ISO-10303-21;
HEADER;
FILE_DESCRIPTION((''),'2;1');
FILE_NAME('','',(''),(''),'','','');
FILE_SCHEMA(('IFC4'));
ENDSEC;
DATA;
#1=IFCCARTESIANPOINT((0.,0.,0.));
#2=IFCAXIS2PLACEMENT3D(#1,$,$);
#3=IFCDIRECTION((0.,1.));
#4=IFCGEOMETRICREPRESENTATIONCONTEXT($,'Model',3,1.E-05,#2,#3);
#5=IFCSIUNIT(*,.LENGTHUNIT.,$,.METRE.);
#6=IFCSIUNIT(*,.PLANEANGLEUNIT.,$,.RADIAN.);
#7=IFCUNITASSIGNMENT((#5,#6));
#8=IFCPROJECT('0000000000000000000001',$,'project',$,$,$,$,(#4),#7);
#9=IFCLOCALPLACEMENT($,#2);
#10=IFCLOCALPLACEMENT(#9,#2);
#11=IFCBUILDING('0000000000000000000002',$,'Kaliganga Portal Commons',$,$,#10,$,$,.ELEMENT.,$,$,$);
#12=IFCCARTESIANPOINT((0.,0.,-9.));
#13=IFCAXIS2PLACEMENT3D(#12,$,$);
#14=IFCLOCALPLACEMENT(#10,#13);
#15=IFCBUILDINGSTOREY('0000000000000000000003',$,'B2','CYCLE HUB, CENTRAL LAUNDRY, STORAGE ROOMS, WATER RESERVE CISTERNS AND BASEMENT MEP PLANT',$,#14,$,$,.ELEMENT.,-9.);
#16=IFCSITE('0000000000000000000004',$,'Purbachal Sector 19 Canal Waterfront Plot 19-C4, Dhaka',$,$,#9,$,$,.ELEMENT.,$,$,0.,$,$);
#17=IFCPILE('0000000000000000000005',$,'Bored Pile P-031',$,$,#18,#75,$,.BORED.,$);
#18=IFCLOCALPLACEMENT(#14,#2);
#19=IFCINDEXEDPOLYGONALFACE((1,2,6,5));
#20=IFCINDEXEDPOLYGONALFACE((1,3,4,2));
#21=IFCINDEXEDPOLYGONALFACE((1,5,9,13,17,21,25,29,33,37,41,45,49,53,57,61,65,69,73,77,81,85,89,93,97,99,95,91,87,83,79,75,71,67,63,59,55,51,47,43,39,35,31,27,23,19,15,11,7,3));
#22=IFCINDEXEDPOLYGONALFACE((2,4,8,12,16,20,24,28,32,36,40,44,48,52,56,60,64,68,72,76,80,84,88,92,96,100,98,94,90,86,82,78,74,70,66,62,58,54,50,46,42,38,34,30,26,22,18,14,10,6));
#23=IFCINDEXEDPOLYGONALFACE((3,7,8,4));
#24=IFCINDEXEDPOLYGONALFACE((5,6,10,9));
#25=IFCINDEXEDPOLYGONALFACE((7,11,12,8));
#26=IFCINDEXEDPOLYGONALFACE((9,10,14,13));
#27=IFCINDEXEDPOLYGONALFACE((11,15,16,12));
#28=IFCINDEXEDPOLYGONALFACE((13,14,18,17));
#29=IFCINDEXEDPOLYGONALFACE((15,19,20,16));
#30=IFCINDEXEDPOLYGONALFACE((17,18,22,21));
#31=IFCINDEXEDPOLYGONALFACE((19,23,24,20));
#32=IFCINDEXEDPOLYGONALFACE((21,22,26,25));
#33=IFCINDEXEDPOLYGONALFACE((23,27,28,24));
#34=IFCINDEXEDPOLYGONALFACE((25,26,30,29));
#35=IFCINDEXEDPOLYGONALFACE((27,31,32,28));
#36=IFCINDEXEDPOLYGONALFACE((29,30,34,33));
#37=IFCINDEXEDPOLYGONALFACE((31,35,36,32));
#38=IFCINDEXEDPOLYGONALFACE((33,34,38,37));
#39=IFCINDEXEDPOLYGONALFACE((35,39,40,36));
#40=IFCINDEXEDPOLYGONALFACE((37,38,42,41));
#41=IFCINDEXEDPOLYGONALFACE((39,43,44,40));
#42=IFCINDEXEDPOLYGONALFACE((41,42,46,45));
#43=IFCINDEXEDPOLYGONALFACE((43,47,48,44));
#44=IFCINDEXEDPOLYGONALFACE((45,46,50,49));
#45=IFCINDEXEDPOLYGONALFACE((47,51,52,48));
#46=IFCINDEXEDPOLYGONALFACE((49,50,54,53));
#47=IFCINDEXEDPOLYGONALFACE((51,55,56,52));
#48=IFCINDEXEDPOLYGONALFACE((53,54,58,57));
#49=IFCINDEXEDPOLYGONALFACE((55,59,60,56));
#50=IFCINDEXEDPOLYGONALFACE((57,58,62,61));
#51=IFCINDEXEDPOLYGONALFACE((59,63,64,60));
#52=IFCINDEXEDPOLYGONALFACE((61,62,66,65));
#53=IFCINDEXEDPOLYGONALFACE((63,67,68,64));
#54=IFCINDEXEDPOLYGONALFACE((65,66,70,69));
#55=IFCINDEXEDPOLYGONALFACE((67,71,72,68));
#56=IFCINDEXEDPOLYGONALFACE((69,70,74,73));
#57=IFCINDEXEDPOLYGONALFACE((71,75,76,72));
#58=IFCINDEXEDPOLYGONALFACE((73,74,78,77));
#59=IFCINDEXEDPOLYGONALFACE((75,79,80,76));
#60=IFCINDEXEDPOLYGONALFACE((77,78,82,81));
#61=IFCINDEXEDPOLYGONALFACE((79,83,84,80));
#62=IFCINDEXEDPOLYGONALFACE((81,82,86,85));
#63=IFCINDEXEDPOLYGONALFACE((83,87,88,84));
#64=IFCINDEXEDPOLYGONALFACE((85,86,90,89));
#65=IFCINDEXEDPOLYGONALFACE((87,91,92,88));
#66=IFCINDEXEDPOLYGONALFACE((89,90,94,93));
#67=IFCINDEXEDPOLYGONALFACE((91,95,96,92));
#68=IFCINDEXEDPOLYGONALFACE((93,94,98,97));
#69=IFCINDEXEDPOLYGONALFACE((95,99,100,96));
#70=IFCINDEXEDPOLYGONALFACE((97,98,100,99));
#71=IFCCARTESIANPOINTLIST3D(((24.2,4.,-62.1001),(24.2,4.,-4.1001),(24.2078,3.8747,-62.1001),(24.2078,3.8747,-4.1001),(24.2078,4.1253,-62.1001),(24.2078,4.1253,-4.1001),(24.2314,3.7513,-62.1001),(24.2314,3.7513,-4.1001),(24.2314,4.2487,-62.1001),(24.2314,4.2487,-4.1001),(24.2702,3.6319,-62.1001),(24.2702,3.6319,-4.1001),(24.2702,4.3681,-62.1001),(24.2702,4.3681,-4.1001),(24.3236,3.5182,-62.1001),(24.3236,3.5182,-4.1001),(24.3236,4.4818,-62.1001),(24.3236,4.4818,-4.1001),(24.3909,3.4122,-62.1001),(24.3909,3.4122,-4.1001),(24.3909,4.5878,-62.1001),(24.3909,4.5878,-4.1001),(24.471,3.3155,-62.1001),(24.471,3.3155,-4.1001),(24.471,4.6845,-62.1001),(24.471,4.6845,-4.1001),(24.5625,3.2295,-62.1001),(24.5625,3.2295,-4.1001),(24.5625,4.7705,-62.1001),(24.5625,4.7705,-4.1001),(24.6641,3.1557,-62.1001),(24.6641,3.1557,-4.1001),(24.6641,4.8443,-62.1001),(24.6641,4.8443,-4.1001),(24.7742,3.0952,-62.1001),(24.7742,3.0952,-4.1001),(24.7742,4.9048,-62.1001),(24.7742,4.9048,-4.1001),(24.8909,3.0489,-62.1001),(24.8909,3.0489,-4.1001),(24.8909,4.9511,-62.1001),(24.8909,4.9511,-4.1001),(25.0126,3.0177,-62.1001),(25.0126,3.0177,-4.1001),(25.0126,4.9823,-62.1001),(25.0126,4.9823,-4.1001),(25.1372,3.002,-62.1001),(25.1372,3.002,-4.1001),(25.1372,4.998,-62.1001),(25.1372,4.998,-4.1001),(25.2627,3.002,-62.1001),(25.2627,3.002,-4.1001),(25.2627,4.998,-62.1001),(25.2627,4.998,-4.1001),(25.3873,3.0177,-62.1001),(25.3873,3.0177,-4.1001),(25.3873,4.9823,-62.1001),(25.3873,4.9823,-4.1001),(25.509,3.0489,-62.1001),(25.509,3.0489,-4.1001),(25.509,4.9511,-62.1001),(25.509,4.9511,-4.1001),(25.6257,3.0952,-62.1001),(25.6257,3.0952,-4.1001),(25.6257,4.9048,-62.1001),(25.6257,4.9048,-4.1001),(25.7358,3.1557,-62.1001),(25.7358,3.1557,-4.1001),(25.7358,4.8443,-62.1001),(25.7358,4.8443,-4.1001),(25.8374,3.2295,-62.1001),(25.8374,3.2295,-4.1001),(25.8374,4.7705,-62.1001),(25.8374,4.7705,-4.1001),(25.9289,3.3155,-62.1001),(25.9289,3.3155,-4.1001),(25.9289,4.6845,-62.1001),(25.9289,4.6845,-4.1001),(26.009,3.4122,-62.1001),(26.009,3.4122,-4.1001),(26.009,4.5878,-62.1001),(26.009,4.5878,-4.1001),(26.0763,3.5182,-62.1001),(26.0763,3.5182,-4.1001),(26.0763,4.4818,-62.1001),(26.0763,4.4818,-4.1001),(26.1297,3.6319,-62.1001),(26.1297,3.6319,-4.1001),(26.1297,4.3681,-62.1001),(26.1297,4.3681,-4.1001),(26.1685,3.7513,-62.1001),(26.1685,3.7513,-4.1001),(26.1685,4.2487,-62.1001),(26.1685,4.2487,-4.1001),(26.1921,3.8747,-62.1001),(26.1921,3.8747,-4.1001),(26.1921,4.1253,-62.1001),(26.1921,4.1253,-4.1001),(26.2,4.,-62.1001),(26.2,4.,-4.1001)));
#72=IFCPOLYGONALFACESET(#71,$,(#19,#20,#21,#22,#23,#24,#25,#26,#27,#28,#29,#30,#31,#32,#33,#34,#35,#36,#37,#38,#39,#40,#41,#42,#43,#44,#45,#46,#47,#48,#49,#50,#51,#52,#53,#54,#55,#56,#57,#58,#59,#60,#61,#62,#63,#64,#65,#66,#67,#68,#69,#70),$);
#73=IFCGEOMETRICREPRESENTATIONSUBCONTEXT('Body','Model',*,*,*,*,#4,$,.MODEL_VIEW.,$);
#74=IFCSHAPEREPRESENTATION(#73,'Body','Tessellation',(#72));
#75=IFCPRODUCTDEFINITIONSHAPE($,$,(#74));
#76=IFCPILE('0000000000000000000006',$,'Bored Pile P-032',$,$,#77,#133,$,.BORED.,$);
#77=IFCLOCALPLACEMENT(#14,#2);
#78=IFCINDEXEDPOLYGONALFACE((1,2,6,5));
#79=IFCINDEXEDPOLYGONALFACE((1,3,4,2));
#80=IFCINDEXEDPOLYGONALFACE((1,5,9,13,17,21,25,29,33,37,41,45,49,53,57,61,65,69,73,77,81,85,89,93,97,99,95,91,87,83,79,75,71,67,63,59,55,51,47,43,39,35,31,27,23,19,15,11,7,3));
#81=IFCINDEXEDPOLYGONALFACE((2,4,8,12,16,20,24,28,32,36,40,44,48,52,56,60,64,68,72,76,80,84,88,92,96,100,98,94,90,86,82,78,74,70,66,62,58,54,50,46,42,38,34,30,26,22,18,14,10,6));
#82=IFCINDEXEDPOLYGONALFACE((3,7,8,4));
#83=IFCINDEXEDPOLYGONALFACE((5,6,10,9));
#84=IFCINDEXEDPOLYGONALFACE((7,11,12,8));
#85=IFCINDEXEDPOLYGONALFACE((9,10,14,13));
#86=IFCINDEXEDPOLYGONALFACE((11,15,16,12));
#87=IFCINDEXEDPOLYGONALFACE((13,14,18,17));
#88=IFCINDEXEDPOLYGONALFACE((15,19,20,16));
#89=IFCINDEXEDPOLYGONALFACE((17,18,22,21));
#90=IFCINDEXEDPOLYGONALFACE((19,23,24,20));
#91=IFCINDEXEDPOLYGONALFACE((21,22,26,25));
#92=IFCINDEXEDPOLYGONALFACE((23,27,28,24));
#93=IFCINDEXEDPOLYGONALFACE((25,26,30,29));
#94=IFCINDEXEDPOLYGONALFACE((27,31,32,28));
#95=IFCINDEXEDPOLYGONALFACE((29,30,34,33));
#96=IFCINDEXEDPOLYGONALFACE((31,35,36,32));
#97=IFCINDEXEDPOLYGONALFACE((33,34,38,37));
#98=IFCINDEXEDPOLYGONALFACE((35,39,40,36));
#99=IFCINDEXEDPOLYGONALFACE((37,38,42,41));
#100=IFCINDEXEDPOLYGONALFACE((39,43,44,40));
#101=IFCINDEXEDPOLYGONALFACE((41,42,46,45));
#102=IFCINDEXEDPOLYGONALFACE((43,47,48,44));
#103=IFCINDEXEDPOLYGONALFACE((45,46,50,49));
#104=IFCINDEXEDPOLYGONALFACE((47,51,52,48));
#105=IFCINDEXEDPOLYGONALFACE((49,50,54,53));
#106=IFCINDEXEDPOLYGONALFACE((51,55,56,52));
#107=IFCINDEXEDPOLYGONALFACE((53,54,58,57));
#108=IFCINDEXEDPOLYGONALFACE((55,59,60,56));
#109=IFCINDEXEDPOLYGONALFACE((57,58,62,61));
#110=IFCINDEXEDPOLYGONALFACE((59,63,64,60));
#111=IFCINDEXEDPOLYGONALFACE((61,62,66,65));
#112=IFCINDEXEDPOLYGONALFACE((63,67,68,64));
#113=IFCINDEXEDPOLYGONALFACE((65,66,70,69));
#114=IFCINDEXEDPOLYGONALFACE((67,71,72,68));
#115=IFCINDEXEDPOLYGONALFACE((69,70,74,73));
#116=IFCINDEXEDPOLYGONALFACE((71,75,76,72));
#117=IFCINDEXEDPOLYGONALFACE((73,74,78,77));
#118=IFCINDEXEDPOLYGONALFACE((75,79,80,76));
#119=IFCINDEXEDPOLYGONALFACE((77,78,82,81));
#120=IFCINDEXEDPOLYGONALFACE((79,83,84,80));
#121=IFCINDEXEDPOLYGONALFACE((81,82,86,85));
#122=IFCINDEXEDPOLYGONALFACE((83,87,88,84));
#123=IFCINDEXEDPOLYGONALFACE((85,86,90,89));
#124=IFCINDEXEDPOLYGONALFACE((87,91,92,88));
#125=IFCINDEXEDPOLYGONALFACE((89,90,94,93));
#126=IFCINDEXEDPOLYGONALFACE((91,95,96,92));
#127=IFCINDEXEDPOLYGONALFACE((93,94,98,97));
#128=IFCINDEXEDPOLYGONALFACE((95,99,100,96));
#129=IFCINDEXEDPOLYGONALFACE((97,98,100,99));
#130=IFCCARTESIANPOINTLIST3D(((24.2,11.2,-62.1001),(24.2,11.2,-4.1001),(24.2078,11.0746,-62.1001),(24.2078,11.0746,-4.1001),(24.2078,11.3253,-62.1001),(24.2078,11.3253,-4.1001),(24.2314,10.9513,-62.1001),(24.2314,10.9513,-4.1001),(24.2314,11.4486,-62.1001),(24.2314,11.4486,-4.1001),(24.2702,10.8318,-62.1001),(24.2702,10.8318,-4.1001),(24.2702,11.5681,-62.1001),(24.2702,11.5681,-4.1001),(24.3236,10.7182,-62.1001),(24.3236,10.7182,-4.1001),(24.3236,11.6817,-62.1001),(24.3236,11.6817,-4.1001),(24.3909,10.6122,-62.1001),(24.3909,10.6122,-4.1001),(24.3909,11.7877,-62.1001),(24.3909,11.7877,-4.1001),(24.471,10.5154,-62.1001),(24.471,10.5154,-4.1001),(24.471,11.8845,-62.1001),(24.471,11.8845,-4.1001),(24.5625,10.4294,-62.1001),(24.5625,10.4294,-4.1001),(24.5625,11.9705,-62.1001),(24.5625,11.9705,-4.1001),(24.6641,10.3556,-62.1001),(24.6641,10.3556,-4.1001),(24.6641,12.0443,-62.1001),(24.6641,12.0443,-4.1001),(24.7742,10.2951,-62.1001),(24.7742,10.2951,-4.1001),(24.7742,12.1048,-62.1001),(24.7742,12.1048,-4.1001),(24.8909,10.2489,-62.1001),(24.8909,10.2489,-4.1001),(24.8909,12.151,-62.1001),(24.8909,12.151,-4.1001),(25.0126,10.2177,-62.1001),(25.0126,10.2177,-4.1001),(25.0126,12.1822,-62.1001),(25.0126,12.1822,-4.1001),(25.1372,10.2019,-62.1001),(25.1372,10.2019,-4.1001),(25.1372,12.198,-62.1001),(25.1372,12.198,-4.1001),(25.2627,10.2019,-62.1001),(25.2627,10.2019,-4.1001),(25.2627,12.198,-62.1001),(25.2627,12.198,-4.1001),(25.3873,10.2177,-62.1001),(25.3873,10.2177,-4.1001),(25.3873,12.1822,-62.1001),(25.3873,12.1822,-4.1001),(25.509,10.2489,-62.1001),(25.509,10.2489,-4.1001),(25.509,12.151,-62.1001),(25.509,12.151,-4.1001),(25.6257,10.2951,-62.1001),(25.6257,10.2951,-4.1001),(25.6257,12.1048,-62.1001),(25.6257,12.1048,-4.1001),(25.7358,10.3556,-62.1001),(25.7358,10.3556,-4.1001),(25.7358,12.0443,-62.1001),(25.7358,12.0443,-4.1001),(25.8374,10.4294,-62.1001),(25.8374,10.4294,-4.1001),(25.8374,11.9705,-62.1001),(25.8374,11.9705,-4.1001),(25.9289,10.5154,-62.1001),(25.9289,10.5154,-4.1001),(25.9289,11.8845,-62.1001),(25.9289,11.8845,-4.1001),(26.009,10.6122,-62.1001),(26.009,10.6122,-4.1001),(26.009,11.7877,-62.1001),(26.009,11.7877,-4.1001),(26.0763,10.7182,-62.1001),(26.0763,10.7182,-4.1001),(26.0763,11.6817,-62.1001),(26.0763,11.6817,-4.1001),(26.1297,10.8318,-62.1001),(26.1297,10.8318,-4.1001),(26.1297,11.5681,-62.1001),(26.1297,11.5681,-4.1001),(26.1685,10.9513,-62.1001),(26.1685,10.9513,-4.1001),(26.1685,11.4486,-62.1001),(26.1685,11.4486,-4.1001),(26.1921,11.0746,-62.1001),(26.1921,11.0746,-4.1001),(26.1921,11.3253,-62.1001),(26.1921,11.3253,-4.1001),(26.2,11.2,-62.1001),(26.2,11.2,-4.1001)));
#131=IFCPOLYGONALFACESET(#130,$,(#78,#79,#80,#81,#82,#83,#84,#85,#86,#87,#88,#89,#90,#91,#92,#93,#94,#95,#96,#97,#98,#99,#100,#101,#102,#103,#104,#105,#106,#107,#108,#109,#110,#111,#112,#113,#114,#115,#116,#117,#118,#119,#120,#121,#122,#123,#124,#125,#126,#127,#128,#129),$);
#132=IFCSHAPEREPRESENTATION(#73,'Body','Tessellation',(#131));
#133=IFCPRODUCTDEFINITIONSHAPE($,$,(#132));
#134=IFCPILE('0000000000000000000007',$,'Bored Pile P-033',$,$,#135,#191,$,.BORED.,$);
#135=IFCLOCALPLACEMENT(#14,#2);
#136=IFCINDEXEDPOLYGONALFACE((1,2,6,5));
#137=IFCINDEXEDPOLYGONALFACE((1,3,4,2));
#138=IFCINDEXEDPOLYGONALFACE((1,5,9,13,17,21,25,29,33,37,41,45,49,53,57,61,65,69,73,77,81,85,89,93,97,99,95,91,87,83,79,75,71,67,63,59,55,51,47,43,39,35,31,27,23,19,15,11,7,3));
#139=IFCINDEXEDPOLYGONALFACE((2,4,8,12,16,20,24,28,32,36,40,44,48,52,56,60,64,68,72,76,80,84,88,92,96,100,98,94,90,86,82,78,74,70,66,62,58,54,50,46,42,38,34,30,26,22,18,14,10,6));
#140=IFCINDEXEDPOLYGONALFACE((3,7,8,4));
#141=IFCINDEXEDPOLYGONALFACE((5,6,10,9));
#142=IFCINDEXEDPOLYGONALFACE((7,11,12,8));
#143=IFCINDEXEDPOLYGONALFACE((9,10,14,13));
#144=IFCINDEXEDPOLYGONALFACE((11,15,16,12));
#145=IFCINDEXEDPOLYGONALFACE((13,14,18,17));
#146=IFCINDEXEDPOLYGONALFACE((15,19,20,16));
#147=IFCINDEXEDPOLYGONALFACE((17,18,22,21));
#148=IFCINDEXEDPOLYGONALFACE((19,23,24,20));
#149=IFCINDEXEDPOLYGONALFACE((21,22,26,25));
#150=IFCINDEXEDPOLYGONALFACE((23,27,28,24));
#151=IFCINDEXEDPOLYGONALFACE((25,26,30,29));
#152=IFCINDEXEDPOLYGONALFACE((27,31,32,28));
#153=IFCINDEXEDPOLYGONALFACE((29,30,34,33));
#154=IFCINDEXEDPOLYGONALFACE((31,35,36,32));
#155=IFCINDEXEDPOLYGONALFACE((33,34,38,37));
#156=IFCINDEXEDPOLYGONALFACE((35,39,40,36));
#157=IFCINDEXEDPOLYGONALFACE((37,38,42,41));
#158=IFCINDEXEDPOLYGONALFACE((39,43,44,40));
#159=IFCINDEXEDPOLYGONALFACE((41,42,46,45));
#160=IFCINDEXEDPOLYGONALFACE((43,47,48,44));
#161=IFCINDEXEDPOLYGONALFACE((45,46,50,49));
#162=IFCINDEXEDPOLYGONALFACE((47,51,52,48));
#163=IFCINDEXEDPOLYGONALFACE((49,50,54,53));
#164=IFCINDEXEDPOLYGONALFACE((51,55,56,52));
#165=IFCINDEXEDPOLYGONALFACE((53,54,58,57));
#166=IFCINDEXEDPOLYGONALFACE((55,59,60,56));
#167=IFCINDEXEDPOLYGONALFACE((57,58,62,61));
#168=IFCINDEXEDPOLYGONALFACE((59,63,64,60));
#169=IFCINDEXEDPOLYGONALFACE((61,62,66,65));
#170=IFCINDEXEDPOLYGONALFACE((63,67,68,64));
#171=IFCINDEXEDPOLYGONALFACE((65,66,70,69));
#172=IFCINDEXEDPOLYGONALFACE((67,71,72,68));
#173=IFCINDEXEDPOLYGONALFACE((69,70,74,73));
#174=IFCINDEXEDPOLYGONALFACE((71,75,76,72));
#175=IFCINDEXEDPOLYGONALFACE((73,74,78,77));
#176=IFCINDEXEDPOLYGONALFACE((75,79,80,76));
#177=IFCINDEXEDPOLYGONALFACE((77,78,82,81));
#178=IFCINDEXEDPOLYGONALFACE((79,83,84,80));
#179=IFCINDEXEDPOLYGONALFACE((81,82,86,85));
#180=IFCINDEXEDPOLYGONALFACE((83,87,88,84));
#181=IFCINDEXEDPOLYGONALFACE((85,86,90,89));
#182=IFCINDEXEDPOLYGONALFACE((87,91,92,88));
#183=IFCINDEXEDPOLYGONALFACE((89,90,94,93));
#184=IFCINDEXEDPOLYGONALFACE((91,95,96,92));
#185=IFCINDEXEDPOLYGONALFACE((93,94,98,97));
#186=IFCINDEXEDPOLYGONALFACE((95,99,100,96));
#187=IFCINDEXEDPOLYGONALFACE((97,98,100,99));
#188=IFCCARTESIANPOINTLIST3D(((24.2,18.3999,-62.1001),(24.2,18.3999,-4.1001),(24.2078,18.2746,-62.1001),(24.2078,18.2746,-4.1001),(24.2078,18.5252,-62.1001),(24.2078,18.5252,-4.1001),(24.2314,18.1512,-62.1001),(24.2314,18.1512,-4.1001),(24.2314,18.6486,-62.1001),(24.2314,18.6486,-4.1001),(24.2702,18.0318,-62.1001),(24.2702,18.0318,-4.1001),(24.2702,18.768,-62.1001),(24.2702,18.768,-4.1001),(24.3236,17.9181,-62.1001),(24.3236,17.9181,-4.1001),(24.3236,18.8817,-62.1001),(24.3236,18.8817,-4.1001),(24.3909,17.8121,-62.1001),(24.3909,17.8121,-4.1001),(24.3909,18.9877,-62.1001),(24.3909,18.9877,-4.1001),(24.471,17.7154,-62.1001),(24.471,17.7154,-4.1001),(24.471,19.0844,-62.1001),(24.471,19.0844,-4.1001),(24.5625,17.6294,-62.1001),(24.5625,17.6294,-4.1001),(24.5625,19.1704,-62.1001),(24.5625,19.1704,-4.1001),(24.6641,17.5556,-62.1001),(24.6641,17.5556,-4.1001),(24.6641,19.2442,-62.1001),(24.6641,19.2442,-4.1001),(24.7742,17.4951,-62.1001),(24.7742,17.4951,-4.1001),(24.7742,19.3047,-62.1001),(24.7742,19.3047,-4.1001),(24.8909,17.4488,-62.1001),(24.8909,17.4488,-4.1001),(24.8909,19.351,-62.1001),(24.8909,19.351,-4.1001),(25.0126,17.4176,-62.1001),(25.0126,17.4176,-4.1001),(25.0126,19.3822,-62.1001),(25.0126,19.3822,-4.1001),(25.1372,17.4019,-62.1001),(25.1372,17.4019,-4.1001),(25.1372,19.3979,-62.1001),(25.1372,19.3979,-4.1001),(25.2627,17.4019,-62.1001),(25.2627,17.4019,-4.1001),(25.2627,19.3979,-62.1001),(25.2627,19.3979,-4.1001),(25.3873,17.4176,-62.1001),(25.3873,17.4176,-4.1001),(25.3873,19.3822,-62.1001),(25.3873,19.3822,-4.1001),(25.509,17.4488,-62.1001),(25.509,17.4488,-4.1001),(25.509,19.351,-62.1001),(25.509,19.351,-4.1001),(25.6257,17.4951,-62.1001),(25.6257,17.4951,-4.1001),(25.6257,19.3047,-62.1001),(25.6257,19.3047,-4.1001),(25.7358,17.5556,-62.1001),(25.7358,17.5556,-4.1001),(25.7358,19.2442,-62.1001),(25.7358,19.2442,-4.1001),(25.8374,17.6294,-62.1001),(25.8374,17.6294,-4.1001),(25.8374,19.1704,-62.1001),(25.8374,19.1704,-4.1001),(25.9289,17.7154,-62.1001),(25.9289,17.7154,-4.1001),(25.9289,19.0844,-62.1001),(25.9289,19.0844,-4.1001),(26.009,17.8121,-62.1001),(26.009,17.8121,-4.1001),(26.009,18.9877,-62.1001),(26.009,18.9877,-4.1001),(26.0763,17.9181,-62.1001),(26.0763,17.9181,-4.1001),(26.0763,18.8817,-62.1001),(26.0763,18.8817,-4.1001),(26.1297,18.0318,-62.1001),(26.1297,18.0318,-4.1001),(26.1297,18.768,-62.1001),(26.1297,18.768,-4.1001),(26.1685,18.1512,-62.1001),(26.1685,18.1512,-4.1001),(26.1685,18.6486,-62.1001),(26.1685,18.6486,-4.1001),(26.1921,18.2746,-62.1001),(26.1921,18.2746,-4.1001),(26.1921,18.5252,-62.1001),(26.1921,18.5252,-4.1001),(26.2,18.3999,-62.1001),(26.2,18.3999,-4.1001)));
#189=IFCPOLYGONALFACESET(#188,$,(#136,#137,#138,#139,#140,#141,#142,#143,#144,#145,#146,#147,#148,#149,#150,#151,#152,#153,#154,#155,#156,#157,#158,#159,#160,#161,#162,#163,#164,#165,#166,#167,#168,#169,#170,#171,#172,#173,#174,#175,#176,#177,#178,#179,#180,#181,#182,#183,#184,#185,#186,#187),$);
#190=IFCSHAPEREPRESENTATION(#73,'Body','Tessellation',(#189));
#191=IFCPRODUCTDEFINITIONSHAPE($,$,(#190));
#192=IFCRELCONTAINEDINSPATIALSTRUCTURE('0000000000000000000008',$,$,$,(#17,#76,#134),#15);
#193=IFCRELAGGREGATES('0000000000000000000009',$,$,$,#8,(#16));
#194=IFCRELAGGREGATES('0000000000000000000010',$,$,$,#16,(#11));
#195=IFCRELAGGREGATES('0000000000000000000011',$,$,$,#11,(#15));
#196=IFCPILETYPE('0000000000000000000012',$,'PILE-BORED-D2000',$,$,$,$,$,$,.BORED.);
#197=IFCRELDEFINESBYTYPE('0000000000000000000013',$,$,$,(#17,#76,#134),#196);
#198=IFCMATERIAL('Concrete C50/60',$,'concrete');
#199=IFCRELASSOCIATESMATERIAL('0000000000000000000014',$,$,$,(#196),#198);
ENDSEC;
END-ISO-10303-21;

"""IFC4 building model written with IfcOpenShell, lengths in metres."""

from ifc_helpers import new_model, si_unit, direction, frame, origin, origin_2d, place, context, subcontext, project, spatial, circle, extrude, material, material_profile, profile_set, type_object, element, save


model = new_model("IFC4")

# Units and contexts
model_context = context("Model", 3, precision=1e-05, world=origin(), true_north=direction((0.0, 1.0)))
body_context = subcontext(model_context, "Body", "Model", "MODEL_VIEW")
ifc_project = project(units=[si_unit("LENGTHUNIT", "METRE"), si_unit("PLANEANGLEUNIT", "RADIAN")], contexts=[model_context])

# Site, building, storey
site_placement = place(None, origin())
site = spatial("IfcSite", under=ifc_project, at=site_placement, Name="Purbachal Sector 19 Canal Waterfront Plot 19-C4, Dhaka", CompositionType="ELEMENT", RefElevation=0.0)
building_placement = place(site_placement, origin())
building = spatial("IfcBuilding", under=site, at=building_placement, Name="Kaliganga Portal Commons", CompositionType="ELEMENT")
storey_placement = place(building_placement, frame((0.0, 0.0, -9.0)))
storey = spatial("IfcBuildingStorey", under=building, at=storey_placement, Name="B2", Description="CYCLE HUB, CENTRAL LAUNDRY, STORAGE ROOMS, WATER RESERVE CISTERNS AND BASEMENT MEP PLANT", CompositionType="ELEMENT", Elevation=-9.0)

# Piles
ifc_material_1 = material(Name="Concrete C50/60", Category="concrete")
ifc_material_profile_1 = material_profile(ifc_material_1, circle(Radius=1.0, at=origin_2d()), Name="PILE D2000")
ifc_profile_set_1 = profile_set([ifc_material_profile_1], Name="Concrete C50/60")
pile_type_1 = type_object("IfcPileType", Name="PILE-BORED-D2000", PredefinedType="BORED", material=ifc_profile_set_1)
for number, where, z_axis, x_axis, name in (
    (1, (25.2, 4.0, -4.1001), (0.0, 0.0, -1.0), (1.0, 0.0, 0.0), "Bored Pile P-031"),
    (2, (25.2, 11.2, -4.1001), (0.0, 0.0, -1.0), (1.0, 0.0, 0.0), "Bored Pile P-032"),
    (3, (25.2, 18.3999, -4.1001), (0.0, 0.0, -1.0), (1.0, 0.0, 0.0), "Bored Pile P-033"),
):
    element("IfcPile", number, at=place(storey_placement, frame(where, z_axis=z_axis, x_axis=x_axis)), inside=storey, type_object=pile_type_1, Name=name, PredefinedType="BORED", context=body_context, shape_type="SweptSolid", body=[
        extrude(circle(Radius=1.0, at=origin_2d()), origin(), (0.0, 0.0, 1.0), 58.0),
    ])

save(model, "model.ifc")
